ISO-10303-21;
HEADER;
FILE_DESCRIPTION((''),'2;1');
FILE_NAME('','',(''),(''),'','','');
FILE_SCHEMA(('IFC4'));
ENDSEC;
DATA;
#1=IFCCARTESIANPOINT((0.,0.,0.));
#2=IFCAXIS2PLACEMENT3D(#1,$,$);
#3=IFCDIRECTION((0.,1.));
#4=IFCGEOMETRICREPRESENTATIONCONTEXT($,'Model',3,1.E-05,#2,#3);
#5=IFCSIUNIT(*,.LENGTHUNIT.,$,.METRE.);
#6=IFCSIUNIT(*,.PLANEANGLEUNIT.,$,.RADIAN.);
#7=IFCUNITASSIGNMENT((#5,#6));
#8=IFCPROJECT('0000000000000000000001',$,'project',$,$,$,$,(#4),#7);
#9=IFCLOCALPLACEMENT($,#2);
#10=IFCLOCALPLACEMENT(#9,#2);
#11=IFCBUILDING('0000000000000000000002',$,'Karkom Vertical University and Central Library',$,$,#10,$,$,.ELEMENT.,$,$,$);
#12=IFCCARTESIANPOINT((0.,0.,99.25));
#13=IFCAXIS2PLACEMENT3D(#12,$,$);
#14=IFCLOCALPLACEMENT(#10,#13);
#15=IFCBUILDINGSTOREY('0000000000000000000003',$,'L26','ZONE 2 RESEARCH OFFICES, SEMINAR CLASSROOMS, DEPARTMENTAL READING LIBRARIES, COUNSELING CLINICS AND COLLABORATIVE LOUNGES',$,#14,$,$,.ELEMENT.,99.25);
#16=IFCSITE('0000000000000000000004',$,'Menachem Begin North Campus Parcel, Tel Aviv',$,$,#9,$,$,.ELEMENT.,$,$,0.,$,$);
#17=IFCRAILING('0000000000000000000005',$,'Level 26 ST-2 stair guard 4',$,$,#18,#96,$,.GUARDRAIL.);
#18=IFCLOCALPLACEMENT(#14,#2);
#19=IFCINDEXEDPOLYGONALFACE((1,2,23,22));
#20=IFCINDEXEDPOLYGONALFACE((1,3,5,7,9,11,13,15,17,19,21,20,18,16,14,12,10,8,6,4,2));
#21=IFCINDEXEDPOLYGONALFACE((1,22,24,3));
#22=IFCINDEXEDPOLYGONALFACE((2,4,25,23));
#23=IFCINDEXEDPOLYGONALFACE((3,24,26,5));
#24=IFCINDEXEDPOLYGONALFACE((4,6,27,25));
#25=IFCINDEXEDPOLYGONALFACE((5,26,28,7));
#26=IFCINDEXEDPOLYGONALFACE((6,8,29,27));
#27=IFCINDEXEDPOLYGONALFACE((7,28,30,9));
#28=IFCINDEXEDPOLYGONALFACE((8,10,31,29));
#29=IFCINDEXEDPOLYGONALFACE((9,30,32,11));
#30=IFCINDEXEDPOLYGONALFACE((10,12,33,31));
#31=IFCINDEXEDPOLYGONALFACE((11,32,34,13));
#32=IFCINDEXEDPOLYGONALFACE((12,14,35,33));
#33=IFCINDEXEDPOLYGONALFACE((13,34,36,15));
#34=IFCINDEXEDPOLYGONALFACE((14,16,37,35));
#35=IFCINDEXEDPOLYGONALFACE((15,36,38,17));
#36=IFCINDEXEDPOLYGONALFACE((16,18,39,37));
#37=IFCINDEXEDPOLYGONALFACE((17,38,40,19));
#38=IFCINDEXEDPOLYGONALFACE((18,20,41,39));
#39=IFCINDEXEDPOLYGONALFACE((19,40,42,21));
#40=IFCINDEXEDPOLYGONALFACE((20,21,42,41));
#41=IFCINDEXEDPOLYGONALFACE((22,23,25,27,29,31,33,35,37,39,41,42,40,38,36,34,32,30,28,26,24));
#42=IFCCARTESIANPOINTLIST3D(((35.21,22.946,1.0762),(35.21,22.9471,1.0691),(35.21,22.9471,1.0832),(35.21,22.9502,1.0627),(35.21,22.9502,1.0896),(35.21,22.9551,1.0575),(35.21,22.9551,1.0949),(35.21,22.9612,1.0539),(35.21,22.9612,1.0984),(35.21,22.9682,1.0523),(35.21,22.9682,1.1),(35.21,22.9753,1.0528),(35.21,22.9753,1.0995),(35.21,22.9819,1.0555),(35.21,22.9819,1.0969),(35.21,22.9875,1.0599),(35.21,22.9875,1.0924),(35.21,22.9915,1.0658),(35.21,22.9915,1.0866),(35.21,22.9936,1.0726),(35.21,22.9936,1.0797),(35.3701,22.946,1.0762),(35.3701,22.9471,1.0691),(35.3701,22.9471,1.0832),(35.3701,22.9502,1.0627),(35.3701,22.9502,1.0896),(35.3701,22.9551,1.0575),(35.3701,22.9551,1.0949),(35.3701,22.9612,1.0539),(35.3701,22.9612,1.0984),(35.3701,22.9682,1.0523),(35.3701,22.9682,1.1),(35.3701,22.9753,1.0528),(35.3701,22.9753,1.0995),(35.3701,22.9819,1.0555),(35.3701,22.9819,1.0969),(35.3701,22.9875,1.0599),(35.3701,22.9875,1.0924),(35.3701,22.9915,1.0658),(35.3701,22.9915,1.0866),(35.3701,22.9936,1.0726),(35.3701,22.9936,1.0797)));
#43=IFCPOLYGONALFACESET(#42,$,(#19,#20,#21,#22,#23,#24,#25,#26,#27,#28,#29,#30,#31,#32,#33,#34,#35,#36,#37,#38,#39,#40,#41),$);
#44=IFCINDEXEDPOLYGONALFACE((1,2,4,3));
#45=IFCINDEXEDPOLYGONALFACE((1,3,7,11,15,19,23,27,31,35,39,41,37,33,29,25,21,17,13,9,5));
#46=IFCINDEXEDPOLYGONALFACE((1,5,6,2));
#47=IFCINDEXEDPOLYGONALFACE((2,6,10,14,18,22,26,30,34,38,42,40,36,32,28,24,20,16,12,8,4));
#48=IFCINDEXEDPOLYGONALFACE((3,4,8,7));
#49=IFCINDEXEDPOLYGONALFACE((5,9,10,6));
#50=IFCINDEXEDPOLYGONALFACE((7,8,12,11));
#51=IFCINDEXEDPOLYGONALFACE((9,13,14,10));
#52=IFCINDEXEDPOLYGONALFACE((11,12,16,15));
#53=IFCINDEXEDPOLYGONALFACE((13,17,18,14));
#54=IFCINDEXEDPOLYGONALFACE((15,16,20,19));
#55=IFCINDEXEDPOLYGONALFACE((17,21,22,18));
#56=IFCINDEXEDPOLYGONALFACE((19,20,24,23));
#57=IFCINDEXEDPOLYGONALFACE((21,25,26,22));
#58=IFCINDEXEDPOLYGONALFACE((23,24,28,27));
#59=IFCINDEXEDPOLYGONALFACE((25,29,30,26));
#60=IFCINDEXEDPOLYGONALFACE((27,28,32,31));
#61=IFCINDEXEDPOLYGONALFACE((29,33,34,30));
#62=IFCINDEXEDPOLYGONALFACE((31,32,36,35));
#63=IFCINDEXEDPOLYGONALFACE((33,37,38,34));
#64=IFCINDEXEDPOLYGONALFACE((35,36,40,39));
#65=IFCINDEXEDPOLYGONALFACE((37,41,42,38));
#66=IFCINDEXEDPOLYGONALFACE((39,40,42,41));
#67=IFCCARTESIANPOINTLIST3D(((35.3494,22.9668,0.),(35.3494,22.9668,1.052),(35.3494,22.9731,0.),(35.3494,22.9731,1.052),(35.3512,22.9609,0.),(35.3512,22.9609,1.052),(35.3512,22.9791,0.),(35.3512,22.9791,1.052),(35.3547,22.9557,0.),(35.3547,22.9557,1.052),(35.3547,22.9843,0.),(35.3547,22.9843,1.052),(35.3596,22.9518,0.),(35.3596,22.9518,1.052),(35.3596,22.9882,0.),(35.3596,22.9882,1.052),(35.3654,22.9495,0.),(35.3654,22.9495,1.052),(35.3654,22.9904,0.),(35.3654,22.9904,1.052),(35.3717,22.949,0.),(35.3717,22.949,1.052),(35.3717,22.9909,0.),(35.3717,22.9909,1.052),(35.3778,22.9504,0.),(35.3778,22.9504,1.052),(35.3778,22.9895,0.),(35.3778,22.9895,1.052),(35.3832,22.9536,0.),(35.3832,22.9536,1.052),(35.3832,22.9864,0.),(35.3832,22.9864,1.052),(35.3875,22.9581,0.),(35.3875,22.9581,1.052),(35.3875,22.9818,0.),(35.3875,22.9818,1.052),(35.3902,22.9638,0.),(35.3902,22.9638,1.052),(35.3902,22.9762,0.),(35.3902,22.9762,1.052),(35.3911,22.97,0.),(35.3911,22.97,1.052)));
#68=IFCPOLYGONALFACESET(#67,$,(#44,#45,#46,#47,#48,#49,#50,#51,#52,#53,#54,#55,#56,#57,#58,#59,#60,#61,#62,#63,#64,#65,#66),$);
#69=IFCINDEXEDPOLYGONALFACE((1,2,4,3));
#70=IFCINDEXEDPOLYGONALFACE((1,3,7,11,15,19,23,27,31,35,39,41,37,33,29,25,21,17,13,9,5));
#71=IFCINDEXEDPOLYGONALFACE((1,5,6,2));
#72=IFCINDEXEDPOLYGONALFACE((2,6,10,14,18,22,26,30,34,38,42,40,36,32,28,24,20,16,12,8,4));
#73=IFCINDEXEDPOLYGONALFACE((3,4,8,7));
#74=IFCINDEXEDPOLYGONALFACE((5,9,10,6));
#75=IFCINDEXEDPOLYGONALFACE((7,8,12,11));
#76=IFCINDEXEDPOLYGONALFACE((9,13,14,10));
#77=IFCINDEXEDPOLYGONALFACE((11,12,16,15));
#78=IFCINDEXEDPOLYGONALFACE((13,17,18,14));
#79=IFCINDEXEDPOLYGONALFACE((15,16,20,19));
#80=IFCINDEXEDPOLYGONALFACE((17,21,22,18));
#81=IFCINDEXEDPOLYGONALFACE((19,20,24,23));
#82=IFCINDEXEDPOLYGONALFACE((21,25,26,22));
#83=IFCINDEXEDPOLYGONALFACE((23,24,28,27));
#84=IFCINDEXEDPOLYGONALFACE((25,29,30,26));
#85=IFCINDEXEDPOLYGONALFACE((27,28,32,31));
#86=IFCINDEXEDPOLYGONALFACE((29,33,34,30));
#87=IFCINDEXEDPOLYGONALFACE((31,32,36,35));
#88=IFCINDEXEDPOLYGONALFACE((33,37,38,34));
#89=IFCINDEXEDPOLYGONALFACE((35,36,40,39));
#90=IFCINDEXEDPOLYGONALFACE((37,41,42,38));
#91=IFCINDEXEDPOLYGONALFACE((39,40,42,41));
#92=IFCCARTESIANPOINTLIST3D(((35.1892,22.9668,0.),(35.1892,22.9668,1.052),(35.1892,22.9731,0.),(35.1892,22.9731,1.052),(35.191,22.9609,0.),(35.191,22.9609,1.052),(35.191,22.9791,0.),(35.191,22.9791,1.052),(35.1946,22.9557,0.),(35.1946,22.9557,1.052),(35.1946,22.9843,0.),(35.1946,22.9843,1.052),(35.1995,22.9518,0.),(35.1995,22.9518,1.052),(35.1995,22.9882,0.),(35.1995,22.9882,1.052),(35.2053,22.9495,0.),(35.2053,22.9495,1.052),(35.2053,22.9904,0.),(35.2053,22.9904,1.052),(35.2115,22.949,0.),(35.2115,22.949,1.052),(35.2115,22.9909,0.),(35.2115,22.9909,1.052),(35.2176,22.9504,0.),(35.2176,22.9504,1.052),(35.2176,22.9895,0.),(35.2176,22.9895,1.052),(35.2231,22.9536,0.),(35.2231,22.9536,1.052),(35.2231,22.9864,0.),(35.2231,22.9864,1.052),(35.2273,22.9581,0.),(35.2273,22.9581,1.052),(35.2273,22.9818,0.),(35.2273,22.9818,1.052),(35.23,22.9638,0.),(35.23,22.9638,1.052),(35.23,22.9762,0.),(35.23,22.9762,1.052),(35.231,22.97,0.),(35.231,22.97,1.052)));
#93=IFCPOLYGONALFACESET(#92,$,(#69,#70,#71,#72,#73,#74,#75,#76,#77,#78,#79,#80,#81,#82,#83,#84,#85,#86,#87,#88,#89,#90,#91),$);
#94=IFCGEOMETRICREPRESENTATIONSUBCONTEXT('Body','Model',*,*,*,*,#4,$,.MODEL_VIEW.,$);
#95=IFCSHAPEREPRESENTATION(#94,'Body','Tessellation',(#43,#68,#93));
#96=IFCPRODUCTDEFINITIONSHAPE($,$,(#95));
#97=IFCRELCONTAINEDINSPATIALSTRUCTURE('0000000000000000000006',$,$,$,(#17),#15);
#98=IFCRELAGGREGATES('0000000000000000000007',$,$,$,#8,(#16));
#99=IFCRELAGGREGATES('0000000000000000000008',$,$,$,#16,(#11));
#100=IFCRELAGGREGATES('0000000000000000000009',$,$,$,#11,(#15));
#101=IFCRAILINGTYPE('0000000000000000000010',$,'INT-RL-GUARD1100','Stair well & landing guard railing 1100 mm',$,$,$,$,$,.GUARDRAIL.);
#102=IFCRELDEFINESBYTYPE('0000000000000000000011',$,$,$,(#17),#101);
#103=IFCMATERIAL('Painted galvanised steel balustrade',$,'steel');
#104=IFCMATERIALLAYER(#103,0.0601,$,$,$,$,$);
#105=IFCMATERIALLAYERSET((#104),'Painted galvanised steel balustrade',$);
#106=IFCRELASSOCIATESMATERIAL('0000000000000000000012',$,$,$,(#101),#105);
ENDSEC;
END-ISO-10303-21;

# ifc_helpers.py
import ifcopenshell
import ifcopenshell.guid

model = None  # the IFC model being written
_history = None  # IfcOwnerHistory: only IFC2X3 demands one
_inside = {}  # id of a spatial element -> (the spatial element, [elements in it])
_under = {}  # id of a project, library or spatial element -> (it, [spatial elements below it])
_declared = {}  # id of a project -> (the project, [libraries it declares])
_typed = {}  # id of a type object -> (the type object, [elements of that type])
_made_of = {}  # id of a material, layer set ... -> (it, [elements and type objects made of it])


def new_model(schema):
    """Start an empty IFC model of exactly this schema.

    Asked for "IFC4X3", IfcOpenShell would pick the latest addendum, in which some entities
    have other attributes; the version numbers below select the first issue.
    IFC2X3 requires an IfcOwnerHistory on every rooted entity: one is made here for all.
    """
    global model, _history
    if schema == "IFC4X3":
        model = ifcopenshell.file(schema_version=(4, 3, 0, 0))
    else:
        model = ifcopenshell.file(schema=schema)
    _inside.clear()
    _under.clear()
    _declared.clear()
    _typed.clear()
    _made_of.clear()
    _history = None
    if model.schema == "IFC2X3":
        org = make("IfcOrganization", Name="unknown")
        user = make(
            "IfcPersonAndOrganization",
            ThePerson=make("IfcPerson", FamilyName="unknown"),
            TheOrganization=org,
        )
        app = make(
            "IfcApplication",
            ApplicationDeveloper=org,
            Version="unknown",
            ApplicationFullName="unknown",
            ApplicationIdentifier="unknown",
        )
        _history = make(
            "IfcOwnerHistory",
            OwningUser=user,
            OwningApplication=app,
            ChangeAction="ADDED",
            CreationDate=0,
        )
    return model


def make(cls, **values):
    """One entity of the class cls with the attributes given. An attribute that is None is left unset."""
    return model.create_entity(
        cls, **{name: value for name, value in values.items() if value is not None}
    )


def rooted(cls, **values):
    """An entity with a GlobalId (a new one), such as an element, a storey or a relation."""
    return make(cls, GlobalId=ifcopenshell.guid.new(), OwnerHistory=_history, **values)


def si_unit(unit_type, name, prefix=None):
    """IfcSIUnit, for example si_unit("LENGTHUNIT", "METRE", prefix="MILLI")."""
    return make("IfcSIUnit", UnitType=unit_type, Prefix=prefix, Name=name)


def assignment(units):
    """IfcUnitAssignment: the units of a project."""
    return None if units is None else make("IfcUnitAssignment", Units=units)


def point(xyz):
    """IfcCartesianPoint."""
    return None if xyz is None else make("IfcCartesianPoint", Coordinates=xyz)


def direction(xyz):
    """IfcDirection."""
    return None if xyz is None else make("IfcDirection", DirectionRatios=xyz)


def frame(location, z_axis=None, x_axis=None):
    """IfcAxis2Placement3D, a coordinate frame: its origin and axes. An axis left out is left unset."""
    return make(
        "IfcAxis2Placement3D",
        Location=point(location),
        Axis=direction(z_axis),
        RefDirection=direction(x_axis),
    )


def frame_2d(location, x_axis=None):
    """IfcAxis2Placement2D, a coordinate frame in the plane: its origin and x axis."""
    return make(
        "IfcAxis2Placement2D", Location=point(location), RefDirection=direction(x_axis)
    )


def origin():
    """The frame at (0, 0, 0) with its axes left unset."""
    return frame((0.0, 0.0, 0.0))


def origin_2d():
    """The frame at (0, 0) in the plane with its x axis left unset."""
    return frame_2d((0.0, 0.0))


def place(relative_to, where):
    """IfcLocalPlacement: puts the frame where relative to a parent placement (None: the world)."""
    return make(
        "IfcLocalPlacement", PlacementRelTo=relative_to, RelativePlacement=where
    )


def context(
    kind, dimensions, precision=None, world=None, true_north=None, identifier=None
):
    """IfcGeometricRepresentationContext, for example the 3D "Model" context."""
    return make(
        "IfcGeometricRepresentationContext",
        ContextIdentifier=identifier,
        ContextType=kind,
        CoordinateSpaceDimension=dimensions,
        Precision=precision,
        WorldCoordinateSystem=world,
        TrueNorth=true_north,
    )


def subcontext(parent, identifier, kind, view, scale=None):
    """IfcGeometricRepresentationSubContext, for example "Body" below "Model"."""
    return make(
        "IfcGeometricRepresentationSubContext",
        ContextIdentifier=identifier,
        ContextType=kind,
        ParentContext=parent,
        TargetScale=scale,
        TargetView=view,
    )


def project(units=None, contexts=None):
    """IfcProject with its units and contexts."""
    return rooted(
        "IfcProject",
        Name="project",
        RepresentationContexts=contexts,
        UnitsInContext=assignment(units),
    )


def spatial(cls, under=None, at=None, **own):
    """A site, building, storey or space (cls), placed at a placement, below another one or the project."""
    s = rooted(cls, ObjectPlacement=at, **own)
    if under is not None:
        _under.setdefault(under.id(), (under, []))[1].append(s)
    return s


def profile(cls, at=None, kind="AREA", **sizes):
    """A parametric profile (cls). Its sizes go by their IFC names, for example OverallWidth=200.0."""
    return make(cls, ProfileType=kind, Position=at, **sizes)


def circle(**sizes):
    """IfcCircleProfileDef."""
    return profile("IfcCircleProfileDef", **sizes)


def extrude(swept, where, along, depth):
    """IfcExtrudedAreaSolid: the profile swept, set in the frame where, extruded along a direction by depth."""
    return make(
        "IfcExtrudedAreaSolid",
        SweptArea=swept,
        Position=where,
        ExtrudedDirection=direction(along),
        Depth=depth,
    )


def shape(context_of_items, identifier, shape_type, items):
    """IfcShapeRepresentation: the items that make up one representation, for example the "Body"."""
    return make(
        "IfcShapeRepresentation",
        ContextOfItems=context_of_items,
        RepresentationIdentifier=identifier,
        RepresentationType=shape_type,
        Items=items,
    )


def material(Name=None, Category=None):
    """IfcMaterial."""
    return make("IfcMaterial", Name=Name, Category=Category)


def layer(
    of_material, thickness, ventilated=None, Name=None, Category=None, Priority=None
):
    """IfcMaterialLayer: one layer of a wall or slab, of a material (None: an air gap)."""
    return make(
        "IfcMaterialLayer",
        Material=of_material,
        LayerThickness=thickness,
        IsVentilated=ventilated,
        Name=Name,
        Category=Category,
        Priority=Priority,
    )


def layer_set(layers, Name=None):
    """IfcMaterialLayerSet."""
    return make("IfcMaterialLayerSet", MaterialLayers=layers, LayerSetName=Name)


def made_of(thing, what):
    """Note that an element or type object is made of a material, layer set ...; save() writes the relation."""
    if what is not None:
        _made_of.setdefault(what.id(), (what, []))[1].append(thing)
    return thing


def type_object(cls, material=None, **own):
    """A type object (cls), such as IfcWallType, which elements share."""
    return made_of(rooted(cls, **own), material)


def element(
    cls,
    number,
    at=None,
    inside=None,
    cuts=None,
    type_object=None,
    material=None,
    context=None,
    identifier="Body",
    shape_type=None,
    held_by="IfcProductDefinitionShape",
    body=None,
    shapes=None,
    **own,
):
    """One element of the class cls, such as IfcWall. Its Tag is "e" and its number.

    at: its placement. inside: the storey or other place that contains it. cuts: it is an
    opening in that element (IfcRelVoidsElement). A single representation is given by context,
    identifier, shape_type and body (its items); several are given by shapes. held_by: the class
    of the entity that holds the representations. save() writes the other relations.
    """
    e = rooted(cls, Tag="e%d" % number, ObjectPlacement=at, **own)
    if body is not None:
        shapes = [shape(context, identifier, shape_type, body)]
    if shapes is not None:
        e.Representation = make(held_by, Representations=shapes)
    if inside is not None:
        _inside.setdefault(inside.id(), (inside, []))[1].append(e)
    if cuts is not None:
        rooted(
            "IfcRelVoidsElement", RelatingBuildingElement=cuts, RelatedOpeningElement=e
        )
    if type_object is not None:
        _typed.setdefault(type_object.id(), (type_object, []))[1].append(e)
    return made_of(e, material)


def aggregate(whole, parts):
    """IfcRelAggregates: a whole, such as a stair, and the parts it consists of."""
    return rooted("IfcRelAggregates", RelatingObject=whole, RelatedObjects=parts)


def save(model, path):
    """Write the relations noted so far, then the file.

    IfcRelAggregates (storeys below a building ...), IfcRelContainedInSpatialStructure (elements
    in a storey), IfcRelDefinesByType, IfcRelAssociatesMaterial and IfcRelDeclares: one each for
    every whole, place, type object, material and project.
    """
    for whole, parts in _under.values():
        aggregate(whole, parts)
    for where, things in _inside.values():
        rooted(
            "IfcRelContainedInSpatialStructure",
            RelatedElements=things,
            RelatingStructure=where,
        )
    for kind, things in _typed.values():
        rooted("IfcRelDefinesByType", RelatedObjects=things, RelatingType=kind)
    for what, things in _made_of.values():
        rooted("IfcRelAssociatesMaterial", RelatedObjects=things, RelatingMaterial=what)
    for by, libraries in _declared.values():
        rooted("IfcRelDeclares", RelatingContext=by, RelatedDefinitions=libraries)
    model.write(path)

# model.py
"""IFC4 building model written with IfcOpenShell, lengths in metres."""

from ifc_helpers import new_model, si_unit, direction, frame, origin, origin_2d, place, context, subcontext, project, spatial, circle, extrude, material, layer, layer_set, type_object, element, save


model = new_model("IFC4")

# Units and contexts
model_context = context("Model", 3, precision=1e-05, world=origin(), true_north=direction((0.0, 1.0)))
body_context = subcontext(model_context, "Body", "Model", "MODEL_VIEW")
ifc_project = project(units=[si_unit("LENGTHUNIT", "METRE"), si_unit("PLANEANGLEUNIT", "RADIAN")], contexts=[model_context])

# Site, building, storey
site_placement = place(None, origin())
site = spatial("IfcSite", under=ifc_project, at=site_placement, Name="Menachem Begin North Campus Parcel, Tel Aviv", CompositionType="ELEMENT", RefElevation=0.0)
building_placement = place(site_placement, origin())
building = spatial("IfcBuilding", under=site, at=building_placement, Name="Karkom Vertical University and Central Library", CompositionType="ELEMENT")
storey_placement = place(building_placement, frame((0.0, 0.0, 99.25)))
storey = spatial("IfcBuildingStorey", under=building, at=storey_placement, Name="L26", Description="ZONE 2 RESEARCH OFFICES, SEMINAR CLASSROOMS, DEPARTMENTAL READING LIBRARIES, COUNSELING CLINICS AND COLLABORATIVE LOUNGES", CompositionType="ELEMENT", Elevation=99.25)

# Railing
ifc_material_1 = material(Name="Painted galvanised steel balustrade", Category="steel")
ifc_layer_1 = layer(ifc_material_1, 0.0601)
ifc_layer_set_1 = layer_set([ifc_layer_1], Name="Painted galvanised steel balustrade")
railing_type_1 = type_object("IfcRailingType", Name="INT-RL-GUARD1100", Description="Stair well & landing guard railing 1100 mm", PredefinedType="GUARDRAIL", material=ifc_layer_set_1)
railing_1_placement = place(storey_placement, frame((35.3701, 22.97, 0.0)))
element("IfcRailing", 1, at=railing_1_placement, inside=storey, type_object=railing_type_1, Name="Level 26 ST-2 stair guard 4", PredefinedType="GUARDRAIL", context=body_context, shape_type="SweptSolid", body=[
    extrude(circle(Radius=0.0239, at=origin_2d()), frame((0.0, 0.0, 1.0762), z_axis=(-1.0, 0.0, 0.0), x_axis=(0.0, -1.0, 0.0)), (0.0, 0.0, 1.0), 0.1602),
    extrude(circle(Radius=0.021, at=origin_2d()), origin(), (0.0, 0.0, 1.0), 1.052),
    extrude(circle(Radius=0.021, at=origin_2d()), frame((-0.1602, 0.0, 0.0)), (0.0, 0.0, 1.0), 1.052),
])

save(model, "model.ifc")
